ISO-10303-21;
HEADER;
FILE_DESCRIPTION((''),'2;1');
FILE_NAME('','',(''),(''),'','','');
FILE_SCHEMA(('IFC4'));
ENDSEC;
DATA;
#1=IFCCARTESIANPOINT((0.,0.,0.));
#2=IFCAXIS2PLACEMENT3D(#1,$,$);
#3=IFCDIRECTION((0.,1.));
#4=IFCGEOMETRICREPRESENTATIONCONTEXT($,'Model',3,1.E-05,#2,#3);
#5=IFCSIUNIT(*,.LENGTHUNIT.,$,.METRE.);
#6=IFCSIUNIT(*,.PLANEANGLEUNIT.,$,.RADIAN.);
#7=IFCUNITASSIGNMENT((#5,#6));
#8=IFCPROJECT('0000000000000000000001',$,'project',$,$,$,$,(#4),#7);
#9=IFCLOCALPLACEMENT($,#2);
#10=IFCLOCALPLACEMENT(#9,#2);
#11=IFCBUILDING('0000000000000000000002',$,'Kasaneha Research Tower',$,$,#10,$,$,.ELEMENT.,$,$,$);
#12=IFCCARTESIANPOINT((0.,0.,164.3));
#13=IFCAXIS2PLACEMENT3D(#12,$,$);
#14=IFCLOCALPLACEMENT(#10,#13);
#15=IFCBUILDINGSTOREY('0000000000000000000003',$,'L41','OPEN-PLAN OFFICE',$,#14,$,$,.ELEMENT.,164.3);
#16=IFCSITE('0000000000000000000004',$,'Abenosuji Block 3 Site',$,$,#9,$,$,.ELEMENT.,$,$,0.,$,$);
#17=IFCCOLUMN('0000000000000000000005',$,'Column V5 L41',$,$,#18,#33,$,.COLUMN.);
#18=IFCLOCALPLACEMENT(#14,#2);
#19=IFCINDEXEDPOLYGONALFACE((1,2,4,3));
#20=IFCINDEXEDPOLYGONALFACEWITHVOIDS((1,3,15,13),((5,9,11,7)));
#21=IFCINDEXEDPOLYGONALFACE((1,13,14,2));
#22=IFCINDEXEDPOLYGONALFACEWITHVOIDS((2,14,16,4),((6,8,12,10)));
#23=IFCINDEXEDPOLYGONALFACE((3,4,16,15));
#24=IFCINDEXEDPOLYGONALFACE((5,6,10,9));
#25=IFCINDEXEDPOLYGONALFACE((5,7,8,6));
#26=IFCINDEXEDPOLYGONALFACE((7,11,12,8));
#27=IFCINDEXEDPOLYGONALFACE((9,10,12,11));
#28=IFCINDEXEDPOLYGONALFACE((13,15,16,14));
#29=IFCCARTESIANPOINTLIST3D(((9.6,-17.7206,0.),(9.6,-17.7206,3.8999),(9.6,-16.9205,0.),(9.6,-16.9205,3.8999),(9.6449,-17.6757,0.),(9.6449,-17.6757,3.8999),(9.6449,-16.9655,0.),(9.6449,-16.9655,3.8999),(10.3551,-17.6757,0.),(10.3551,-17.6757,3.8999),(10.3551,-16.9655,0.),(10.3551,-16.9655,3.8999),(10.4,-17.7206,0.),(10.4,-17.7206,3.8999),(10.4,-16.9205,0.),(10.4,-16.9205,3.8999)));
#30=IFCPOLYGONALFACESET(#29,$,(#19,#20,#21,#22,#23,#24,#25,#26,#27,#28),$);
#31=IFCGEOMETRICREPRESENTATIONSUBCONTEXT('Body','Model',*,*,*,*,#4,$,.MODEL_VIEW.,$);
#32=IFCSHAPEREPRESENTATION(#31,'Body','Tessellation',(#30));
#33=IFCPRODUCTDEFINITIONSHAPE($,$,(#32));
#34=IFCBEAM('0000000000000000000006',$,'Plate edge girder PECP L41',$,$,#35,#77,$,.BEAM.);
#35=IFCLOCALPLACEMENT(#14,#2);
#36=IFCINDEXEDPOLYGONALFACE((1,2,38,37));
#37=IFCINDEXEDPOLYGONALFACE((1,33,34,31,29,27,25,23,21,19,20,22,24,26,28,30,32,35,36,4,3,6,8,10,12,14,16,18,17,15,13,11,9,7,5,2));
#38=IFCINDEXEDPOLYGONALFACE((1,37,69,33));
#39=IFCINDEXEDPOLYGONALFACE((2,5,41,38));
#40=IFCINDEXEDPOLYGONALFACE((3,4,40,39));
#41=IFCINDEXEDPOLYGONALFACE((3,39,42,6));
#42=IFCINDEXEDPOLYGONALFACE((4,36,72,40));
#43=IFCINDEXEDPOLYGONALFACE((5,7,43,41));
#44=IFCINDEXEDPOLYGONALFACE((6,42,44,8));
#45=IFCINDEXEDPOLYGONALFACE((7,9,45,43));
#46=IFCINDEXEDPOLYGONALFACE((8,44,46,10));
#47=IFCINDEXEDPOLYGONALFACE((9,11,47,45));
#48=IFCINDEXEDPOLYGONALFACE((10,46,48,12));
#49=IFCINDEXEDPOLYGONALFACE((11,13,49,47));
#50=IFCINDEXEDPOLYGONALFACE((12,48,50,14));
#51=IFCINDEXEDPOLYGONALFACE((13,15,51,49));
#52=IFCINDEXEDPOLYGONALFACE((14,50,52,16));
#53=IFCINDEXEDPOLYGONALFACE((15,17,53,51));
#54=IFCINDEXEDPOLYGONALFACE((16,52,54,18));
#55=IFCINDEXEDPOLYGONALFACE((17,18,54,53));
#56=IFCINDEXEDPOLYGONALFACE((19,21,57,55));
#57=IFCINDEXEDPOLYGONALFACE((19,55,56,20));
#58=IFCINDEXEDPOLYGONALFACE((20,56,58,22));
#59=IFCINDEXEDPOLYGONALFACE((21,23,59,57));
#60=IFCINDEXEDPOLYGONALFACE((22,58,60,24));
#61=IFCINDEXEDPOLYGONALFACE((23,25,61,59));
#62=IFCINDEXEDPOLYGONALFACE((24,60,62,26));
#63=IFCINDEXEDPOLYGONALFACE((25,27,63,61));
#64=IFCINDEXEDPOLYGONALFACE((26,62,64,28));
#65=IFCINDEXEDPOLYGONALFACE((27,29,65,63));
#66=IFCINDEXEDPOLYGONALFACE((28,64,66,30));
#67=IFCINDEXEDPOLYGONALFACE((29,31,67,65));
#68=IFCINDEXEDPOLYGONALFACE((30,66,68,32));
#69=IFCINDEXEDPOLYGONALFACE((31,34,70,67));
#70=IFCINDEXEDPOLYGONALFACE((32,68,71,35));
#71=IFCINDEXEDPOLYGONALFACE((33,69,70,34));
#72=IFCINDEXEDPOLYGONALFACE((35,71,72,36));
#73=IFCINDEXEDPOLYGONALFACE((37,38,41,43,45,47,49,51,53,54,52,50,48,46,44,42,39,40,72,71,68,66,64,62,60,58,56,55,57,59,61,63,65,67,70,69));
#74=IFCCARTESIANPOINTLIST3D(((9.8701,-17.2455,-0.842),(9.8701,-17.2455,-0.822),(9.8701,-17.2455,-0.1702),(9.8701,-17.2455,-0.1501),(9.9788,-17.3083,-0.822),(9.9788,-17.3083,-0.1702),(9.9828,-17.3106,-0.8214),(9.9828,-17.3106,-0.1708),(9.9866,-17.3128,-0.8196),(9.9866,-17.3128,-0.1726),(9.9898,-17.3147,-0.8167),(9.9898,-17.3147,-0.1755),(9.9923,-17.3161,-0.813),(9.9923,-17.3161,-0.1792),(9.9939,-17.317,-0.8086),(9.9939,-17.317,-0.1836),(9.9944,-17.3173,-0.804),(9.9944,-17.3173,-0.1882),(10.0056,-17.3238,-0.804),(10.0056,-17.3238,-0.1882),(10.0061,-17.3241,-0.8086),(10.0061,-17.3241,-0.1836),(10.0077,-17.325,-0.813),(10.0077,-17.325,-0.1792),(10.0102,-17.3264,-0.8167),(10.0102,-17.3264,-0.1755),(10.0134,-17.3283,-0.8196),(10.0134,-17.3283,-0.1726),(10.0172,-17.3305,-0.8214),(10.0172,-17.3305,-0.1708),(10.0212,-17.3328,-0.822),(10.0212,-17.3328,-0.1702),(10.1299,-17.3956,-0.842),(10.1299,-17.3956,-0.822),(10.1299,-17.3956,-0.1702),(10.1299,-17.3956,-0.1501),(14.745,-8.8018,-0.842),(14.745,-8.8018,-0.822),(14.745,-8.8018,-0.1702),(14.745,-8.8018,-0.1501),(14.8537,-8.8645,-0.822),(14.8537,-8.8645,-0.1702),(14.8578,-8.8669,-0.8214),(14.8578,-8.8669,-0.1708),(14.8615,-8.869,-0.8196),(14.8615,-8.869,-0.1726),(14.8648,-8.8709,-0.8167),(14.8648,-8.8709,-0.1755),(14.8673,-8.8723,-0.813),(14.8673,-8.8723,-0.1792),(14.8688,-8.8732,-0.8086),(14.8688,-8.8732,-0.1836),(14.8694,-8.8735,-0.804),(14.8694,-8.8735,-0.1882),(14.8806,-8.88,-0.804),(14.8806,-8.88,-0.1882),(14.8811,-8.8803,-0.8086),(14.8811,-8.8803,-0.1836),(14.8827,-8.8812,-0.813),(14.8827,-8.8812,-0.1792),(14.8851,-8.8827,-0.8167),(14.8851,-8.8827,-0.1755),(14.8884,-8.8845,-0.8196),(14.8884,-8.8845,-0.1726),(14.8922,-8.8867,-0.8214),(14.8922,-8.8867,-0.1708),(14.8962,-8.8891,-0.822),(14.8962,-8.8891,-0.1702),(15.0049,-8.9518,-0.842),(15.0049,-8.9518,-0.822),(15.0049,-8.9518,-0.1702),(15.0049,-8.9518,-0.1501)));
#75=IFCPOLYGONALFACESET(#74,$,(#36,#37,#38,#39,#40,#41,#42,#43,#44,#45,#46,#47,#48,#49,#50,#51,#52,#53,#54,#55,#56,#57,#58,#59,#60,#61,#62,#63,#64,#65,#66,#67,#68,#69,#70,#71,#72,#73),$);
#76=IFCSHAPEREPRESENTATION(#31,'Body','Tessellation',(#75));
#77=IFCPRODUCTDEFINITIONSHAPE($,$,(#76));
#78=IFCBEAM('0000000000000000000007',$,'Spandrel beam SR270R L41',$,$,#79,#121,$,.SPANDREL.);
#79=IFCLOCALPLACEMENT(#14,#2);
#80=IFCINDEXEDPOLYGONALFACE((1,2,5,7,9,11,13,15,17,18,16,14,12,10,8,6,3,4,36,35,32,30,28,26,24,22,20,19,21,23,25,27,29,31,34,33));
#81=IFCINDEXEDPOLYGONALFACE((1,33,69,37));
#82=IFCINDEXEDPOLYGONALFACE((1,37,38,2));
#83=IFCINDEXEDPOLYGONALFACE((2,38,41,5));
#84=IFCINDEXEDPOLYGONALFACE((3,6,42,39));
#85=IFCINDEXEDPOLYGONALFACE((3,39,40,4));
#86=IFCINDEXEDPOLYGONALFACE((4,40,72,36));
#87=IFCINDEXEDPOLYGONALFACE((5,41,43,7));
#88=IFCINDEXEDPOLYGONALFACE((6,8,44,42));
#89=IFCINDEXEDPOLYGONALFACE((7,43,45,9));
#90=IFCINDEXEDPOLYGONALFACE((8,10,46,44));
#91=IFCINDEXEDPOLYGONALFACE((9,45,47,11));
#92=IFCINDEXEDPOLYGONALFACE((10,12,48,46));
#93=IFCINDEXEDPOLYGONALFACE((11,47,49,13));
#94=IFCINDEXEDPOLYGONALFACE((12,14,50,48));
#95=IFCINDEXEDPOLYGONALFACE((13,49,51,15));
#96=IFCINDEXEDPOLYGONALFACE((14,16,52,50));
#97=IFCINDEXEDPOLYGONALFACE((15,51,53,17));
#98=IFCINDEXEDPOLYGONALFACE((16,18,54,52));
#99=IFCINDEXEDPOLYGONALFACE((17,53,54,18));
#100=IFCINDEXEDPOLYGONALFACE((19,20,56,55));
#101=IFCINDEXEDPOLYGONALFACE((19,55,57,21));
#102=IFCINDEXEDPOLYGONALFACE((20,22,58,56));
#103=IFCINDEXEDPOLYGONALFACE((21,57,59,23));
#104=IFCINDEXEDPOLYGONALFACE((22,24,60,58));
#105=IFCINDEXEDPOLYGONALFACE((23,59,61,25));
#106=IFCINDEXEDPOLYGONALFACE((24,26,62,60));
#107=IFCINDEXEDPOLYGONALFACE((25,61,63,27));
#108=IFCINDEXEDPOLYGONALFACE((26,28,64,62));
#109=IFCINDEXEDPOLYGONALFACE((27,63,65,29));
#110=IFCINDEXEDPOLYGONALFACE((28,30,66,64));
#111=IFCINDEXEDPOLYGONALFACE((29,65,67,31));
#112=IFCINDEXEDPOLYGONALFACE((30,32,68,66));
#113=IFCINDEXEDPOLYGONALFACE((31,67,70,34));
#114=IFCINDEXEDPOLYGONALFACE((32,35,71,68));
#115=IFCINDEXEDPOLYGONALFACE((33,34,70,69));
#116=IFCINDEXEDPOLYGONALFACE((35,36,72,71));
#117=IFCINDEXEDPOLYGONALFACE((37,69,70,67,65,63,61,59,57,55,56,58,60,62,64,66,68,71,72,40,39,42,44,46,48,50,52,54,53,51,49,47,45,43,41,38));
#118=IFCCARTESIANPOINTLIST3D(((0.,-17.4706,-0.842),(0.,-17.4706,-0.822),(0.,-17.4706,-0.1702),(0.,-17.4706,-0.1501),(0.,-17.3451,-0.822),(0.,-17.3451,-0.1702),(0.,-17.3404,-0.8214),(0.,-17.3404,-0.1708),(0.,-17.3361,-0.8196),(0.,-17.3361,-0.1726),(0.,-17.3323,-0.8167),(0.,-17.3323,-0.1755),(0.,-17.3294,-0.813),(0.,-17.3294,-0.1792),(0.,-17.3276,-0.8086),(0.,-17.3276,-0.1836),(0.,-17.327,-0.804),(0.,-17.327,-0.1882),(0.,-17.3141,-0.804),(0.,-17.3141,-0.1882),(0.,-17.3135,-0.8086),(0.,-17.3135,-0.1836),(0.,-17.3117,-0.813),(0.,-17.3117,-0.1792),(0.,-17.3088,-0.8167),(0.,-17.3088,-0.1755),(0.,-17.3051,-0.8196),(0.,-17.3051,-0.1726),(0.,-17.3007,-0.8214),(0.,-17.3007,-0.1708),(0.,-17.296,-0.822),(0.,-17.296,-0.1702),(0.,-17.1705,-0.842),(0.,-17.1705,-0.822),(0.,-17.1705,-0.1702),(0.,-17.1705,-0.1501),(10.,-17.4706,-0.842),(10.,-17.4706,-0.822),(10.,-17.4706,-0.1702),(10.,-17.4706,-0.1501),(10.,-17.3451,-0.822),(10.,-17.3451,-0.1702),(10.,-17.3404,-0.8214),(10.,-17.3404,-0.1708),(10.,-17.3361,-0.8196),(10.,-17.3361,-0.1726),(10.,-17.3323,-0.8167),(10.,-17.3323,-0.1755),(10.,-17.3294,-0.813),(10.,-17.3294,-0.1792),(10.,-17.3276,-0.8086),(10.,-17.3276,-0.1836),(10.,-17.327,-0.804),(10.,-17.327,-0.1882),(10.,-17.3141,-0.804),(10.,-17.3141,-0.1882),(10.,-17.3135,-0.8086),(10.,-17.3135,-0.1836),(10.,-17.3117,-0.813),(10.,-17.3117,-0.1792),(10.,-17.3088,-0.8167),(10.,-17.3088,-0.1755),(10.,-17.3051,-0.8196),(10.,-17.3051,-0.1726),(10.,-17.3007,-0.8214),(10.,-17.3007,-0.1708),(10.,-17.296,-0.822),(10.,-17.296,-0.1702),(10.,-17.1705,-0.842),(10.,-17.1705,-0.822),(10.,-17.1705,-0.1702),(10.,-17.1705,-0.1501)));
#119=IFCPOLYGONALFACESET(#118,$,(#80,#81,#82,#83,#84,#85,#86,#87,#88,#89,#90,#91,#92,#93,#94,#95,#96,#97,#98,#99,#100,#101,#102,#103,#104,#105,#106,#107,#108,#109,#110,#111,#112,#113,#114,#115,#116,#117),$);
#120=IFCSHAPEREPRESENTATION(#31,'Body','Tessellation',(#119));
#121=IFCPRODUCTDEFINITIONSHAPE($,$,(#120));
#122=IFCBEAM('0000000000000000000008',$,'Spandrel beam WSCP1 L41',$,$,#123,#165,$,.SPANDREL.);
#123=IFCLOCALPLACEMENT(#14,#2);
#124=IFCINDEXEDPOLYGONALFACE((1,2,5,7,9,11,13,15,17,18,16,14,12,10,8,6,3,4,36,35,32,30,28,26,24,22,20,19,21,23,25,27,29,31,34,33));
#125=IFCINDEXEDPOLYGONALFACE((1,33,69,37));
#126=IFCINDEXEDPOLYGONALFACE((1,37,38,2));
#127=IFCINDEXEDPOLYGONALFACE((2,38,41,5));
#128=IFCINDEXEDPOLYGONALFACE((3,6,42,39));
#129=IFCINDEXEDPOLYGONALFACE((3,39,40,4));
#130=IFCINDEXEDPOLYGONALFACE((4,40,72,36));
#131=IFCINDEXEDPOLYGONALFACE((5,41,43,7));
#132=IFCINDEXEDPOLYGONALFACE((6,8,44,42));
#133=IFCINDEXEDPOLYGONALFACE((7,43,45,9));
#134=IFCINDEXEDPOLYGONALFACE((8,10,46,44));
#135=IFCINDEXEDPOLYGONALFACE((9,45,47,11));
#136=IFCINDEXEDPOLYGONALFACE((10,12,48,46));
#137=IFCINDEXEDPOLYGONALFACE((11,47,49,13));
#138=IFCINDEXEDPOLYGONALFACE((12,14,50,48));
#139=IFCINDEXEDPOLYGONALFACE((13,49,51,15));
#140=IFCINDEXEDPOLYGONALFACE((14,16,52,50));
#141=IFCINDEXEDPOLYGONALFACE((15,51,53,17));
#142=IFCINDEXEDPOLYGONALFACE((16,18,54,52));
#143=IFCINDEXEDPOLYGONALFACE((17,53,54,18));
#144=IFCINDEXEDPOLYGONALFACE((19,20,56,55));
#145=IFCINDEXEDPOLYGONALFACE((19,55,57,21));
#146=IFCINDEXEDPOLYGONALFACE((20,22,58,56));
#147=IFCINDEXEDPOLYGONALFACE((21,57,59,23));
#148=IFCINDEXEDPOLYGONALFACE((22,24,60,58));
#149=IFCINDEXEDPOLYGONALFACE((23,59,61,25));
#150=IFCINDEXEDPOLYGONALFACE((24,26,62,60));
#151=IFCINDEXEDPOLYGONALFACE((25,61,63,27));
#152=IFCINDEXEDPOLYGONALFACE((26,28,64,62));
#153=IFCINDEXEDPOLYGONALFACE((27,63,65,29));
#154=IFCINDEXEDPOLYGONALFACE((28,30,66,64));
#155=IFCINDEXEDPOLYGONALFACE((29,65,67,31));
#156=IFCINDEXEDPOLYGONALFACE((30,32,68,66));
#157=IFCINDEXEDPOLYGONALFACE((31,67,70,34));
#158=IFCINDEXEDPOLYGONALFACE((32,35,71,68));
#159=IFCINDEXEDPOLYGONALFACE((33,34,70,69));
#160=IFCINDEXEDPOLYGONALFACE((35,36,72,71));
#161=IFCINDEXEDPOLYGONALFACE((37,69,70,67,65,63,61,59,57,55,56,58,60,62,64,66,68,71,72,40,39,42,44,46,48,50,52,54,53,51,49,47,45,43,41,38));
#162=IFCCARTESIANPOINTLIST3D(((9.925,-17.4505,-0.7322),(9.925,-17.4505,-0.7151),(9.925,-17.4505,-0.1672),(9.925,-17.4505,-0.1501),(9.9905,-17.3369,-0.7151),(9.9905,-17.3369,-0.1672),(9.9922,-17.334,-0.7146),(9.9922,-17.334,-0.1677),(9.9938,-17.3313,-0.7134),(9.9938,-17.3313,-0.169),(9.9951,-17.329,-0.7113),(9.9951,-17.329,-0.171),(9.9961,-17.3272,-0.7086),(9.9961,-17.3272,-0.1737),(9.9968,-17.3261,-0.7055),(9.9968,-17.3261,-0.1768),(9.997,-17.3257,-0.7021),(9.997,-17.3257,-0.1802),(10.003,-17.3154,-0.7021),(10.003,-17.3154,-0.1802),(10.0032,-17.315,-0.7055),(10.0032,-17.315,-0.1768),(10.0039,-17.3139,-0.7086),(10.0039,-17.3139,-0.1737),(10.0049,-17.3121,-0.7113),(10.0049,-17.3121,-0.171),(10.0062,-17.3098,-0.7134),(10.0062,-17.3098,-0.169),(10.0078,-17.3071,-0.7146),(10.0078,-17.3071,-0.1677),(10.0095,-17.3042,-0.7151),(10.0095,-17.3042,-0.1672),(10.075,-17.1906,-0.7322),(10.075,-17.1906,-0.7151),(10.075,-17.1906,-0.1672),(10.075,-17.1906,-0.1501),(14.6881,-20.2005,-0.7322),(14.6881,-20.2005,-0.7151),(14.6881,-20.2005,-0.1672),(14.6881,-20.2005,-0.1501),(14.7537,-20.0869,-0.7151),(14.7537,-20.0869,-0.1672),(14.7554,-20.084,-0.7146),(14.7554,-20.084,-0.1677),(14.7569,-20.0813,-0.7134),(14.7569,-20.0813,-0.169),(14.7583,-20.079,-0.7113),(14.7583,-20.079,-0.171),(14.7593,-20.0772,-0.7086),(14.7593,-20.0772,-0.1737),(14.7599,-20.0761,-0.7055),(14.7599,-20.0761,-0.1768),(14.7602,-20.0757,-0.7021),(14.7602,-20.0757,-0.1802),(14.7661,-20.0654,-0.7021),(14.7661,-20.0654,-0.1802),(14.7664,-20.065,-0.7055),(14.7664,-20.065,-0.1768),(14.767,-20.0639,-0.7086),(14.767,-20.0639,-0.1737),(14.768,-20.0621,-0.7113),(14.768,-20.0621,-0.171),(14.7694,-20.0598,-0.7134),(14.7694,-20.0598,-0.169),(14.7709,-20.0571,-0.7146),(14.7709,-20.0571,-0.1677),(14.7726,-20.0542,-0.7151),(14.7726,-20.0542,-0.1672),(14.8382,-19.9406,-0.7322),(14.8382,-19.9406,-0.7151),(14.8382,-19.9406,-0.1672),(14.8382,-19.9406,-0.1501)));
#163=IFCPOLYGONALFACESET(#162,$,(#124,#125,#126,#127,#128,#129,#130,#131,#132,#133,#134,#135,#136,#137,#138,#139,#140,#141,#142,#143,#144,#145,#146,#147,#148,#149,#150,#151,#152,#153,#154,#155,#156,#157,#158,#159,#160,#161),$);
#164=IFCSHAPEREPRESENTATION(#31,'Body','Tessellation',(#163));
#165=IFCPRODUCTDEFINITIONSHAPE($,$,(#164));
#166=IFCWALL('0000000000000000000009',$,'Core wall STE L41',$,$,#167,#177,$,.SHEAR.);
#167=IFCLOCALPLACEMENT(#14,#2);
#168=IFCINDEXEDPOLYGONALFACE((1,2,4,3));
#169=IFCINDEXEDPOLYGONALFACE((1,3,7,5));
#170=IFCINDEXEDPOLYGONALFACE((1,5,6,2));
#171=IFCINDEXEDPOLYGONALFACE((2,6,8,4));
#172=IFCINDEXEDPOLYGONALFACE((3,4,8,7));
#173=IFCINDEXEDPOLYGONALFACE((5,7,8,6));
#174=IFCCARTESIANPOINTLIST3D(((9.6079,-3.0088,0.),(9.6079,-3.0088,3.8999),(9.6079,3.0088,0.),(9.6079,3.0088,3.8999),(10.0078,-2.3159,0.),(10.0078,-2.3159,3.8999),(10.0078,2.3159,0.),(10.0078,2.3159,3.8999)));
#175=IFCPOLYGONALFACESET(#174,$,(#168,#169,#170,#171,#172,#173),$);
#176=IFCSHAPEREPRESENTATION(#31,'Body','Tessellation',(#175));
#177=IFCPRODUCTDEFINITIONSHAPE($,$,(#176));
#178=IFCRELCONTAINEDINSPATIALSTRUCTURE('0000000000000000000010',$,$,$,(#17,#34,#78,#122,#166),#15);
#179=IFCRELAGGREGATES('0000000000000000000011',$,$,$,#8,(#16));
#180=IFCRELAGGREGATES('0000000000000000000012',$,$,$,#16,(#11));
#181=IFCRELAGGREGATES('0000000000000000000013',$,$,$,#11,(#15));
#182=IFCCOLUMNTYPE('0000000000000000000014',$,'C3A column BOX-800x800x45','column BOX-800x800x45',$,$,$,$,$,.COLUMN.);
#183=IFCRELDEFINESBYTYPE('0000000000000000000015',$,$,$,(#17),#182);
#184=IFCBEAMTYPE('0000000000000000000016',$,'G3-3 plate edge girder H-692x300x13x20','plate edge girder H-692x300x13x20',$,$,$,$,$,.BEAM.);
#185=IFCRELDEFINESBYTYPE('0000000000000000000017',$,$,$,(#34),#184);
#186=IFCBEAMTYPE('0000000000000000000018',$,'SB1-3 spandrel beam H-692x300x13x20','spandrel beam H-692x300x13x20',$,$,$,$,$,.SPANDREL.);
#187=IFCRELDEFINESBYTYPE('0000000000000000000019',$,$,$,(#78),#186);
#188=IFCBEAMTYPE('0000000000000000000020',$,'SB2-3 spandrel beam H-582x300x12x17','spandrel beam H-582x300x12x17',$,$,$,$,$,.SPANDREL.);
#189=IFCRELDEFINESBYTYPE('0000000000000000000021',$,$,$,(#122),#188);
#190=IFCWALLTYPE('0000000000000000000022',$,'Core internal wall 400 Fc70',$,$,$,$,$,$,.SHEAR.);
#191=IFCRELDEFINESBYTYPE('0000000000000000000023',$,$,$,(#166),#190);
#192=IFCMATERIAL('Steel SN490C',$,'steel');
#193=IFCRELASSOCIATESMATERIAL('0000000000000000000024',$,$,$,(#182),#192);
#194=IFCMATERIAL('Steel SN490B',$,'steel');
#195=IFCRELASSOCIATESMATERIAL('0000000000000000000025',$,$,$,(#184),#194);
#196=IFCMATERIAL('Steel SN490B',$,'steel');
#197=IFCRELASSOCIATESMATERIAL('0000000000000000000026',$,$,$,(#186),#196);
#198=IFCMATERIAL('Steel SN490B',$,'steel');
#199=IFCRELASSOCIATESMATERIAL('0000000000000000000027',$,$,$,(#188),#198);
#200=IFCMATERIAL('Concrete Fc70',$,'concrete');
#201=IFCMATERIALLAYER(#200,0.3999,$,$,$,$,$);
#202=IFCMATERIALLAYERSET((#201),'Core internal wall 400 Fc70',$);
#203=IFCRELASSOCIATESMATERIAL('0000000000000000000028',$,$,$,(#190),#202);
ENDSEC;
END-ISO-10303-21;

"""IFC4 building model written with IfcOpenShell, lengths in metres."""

from ifc_helpers import new_model, si_unit, direction, frame, origin, origin_2d, place, context, subcontext, project, spatial, polyline, hollow_rectangle, i_section, outline, extrude, material, layer, layer_set, material_profile, profile_set, type_object, element, save


model = new_model("IFC4")

# Units and contexts
model_context = context("Model", 3, precision=1e-05, world=origin(), true_north=direction((0.0, 1.0)))
body_context = subcontext(model_context, "Body", "Model", "MODEL_VIEW")
ifc_project = project(units=[si_unit("LENGTHUNIT", "METRE"), si_unit("PLANEANGLEUNIT", "RADIAN")], contexts=[model_context])

# Site, building, storey
site_placement = place(None, origin())
site = spatial("IfcSite", under=ifc_project, at=site_placement, Name="Abenosuji Block 3 Site", CompositionType="ELEMENT", RefElevation=0.0)
building_placement = place(site_placement, origin())
building = spatial("IfcBuilding", under=site, at=building_placement, Name="Kasaneha Research Tower", CompositionType="ELEMENT")
storey_placement = place(building_placement, frame((0.0, 0.0, 164.3)))
storey = spatial("IfcBuildingStorey", under=building, at=storey_placement, Name="L41", Description="OPEN-PLAN OFFICE", CompositionType="ELEMENT", Elevation=164.3)

# Column
ifc_material_1 = material(Name="Steel SN490C", Category="steel")
ifc_material_profile_1 = material_profile(ifc_material_1, hollow_rectangle(XDim=0.8, YDim=0.8, WallThickness=0.0449, at=origin_2d()), Name="BOX-800x800x45")
ifc_profile_set_1 = profile_set([ifc_material_profile_1], Name="Steel SN490C")
column_type = type_object("IfcColumnType", Name="C3A column BOX-800x800x45", Description="column BOX-800x800x45", PredefinedType="COLUMN", material=ifc_profile_set_1)
column_placement = place(storey_placement, frame((10.0, -17.3206, 0.0), z_axis=(0.0, 0.0, 1.0), x_axis=(1.0, 0.0, 0.0)))
element("IfcColumn", 1, at=column_placement, inside=storey, type_object=column_type, Name="Column V5 L41", PredefinedType="COLUMN", context=body_context, shape_type="SweptSolid", body=[
    extrude(hollow_rectangle(XDim=0.8, YDim=0.8, WallThickness=0.0449, at=origin_2d()), origin(), (0.0, 0.0, 1.0), 3.8999),
])

# Beams
ifc_material_2 = material(Name="Steel SN490B", Category="steel")
ifc_material_profile_2 = material_profile(ifc_material_2, i_section(OverallWidth=0.3, OverallDepth=0.6919, WebThickness=0.0129, FlangeThickness=0.02, FilletRadius=0.0181, at=origin_2d()), Name="H-692x300x13x20")
ifc_profile_set_2 = profile_set([ifc_material_profile_2], Name="Steel SN490B")
beam_type_1 = type_object("IfcBeamType", Name="G3-3 plate edge girder H-692x300x13x20", Description="plate edge girder H-692x300x13x20", PredefinedType="BEAM", material=ifc_profile_set_2)
beam_1_placement = place(storey_placement, frame((10.0, -17.3206, -0.4961), z_axis=(0.499996, 0.866028, 0.0), x_axis=(-0.866028, 0.499996, 0.0)))
element("IfcBeam", 2, at=beam_1_placement, inside=storey, type_object=beam_type_1, Name="Plate edge girder PECP L41", PredefinedType="BEAM", context=body_context, shape_type="SweptSolid", body=[
    extrude(i_section(OverallWidth=0.3, OverallDepth=0.6919, WebThickness=0.0129, FlangeThickness=0.02, FilletRadius=0.0181, at=origin_2d()), origin(), (0.0, 0.0, 1.0), 9.75),
])
ifc_material_3 = material(Name="Steel SN490B", Category="steel")
ifc_material_profile_3 = material_profile(ifc_material_3, i_section(OverallWidth=0.3, OverallDepth=0.6919, WebThickness=0.0129, FlangeThickness=0.02, FilletRadius=0.0181, at=origin_2d()), Name="H-692x300x13x20")
ifc_profile_set_3 = profile_set([ifc_material_profile_3], Name="Steel SN490B")
beam_type_2 = type_object("IfcBeamType", Name="SB1-3 spandrel beam H-692x300x13x20", Description="spandrel beam H-692x300x13x20", PredefinedType="SPANDREL", material=ifc_profile_set_3)
beam_2_placement = place(storey_placement, frame((10.0, -17.3206, -0.4961), z_axis=(-1.0, 0.0, 0.0), x_axis=(0.0, -1.0, 0.0)))
element("IfcBeam", 3, at=beam_2_placement, inside=storey, type_object=beam_type_2, Name="Spandrel beam SR270R L41", PredefinedType="SPANDREL", context=body_context, shape_type="SweptSolid", body=[
    extrude(i_section(OverallWidth=0.3, OverallDepth=0.6919, WebThickness=0.0129, FlangeThickness=0.02, FilletRadius=0.0181, at=origin_2d()), origin(), (0.0, 0.0, 1.0), 10.0),
])
ifc_material_4 = material(Name="Steel SN490B", Category="steel")
ifc_material_profile_4 = material_profile(ifc_material_4, i_section(OverallWidth=0.3, OverallDepth=0.582, WebThickness=0.012, FlangeThickness=0.0171, FilletRadius=0.0129, at=origin_2d()), Name="H-582x300x12x17")
ifc_profile_set_4 = profile_set([ifc_material_profile_4], Name="Steel SN490B")
beam_type_3 = type_object("IfcBeamType", Name="SB2-3 spandrel beam H-582x300x12x17", Description="spandrel beam H-582x300x12x17", PredefinedType="SPANDREL", material=ifc_profile_set_4)
beam_3_placement = place(storey_placement, frame((10.0, -17.3206, -0.4412), z_axis=(0.866027, -0.499997, 0.0), x_axis=(0.499997, 0.866027, 0.0)))
element("IfcBeam", 4, at=beam_3_placement, inside=storey, type_object=beam_type_3, Name="Spandrel beam WSCP1 L41", PredefinedType="SPANDREL", context=body_context, shape_type="SweptSolid", body=[
    extrude(i_section(OverallWidth=0.3, OverallDepth=0.582, WebThickness=0.012, FlangeThickness=0.0171, FilletRadius=0.0129, at=origin_2d()), origin(), (0.0, 0.0, 1.0), 5.5),
])

# Wall
ifc_material_5 = material(Name="Concrete Fc70", Category="concrete")
ifc_layer_1 = layer(ifc_material_5, 0.3999)
ifc_layer_set_1 = layer_set([ifc_layer_1], Name="Core internal wall 400 Fc70")
wall_type_1 = type_object("IfcWallType", Name="Core internal wall 400 Fc70", PredefinedType="SHEAR", material=ifc_layer_set_1)
wall_1_placement = place(storey_placement, frame((9.8079, -2.6624, 0.0), z_axis=(0.0, 0.0, 1.0), x_axis=(0.0, 1.0, 0.0)))
element("IfcWall", 5, at=wall_1_placement, inside=storey, type_object=wall_type_1, Name="Core wall STE L41", PredefinedType="SHEAR", context=body_context, shape_type="SweptSolid", body=[
    extrude(outline(polyline([(0.3464, -0.2), (4.9783, -0.2), (5.6711, 0.2), (-0.3464, 0.2), (0.3464, -0.2)])), origin(), (0.0, 0.0, 1.0), 3.8999),
])

save(model, "model.ifc")
